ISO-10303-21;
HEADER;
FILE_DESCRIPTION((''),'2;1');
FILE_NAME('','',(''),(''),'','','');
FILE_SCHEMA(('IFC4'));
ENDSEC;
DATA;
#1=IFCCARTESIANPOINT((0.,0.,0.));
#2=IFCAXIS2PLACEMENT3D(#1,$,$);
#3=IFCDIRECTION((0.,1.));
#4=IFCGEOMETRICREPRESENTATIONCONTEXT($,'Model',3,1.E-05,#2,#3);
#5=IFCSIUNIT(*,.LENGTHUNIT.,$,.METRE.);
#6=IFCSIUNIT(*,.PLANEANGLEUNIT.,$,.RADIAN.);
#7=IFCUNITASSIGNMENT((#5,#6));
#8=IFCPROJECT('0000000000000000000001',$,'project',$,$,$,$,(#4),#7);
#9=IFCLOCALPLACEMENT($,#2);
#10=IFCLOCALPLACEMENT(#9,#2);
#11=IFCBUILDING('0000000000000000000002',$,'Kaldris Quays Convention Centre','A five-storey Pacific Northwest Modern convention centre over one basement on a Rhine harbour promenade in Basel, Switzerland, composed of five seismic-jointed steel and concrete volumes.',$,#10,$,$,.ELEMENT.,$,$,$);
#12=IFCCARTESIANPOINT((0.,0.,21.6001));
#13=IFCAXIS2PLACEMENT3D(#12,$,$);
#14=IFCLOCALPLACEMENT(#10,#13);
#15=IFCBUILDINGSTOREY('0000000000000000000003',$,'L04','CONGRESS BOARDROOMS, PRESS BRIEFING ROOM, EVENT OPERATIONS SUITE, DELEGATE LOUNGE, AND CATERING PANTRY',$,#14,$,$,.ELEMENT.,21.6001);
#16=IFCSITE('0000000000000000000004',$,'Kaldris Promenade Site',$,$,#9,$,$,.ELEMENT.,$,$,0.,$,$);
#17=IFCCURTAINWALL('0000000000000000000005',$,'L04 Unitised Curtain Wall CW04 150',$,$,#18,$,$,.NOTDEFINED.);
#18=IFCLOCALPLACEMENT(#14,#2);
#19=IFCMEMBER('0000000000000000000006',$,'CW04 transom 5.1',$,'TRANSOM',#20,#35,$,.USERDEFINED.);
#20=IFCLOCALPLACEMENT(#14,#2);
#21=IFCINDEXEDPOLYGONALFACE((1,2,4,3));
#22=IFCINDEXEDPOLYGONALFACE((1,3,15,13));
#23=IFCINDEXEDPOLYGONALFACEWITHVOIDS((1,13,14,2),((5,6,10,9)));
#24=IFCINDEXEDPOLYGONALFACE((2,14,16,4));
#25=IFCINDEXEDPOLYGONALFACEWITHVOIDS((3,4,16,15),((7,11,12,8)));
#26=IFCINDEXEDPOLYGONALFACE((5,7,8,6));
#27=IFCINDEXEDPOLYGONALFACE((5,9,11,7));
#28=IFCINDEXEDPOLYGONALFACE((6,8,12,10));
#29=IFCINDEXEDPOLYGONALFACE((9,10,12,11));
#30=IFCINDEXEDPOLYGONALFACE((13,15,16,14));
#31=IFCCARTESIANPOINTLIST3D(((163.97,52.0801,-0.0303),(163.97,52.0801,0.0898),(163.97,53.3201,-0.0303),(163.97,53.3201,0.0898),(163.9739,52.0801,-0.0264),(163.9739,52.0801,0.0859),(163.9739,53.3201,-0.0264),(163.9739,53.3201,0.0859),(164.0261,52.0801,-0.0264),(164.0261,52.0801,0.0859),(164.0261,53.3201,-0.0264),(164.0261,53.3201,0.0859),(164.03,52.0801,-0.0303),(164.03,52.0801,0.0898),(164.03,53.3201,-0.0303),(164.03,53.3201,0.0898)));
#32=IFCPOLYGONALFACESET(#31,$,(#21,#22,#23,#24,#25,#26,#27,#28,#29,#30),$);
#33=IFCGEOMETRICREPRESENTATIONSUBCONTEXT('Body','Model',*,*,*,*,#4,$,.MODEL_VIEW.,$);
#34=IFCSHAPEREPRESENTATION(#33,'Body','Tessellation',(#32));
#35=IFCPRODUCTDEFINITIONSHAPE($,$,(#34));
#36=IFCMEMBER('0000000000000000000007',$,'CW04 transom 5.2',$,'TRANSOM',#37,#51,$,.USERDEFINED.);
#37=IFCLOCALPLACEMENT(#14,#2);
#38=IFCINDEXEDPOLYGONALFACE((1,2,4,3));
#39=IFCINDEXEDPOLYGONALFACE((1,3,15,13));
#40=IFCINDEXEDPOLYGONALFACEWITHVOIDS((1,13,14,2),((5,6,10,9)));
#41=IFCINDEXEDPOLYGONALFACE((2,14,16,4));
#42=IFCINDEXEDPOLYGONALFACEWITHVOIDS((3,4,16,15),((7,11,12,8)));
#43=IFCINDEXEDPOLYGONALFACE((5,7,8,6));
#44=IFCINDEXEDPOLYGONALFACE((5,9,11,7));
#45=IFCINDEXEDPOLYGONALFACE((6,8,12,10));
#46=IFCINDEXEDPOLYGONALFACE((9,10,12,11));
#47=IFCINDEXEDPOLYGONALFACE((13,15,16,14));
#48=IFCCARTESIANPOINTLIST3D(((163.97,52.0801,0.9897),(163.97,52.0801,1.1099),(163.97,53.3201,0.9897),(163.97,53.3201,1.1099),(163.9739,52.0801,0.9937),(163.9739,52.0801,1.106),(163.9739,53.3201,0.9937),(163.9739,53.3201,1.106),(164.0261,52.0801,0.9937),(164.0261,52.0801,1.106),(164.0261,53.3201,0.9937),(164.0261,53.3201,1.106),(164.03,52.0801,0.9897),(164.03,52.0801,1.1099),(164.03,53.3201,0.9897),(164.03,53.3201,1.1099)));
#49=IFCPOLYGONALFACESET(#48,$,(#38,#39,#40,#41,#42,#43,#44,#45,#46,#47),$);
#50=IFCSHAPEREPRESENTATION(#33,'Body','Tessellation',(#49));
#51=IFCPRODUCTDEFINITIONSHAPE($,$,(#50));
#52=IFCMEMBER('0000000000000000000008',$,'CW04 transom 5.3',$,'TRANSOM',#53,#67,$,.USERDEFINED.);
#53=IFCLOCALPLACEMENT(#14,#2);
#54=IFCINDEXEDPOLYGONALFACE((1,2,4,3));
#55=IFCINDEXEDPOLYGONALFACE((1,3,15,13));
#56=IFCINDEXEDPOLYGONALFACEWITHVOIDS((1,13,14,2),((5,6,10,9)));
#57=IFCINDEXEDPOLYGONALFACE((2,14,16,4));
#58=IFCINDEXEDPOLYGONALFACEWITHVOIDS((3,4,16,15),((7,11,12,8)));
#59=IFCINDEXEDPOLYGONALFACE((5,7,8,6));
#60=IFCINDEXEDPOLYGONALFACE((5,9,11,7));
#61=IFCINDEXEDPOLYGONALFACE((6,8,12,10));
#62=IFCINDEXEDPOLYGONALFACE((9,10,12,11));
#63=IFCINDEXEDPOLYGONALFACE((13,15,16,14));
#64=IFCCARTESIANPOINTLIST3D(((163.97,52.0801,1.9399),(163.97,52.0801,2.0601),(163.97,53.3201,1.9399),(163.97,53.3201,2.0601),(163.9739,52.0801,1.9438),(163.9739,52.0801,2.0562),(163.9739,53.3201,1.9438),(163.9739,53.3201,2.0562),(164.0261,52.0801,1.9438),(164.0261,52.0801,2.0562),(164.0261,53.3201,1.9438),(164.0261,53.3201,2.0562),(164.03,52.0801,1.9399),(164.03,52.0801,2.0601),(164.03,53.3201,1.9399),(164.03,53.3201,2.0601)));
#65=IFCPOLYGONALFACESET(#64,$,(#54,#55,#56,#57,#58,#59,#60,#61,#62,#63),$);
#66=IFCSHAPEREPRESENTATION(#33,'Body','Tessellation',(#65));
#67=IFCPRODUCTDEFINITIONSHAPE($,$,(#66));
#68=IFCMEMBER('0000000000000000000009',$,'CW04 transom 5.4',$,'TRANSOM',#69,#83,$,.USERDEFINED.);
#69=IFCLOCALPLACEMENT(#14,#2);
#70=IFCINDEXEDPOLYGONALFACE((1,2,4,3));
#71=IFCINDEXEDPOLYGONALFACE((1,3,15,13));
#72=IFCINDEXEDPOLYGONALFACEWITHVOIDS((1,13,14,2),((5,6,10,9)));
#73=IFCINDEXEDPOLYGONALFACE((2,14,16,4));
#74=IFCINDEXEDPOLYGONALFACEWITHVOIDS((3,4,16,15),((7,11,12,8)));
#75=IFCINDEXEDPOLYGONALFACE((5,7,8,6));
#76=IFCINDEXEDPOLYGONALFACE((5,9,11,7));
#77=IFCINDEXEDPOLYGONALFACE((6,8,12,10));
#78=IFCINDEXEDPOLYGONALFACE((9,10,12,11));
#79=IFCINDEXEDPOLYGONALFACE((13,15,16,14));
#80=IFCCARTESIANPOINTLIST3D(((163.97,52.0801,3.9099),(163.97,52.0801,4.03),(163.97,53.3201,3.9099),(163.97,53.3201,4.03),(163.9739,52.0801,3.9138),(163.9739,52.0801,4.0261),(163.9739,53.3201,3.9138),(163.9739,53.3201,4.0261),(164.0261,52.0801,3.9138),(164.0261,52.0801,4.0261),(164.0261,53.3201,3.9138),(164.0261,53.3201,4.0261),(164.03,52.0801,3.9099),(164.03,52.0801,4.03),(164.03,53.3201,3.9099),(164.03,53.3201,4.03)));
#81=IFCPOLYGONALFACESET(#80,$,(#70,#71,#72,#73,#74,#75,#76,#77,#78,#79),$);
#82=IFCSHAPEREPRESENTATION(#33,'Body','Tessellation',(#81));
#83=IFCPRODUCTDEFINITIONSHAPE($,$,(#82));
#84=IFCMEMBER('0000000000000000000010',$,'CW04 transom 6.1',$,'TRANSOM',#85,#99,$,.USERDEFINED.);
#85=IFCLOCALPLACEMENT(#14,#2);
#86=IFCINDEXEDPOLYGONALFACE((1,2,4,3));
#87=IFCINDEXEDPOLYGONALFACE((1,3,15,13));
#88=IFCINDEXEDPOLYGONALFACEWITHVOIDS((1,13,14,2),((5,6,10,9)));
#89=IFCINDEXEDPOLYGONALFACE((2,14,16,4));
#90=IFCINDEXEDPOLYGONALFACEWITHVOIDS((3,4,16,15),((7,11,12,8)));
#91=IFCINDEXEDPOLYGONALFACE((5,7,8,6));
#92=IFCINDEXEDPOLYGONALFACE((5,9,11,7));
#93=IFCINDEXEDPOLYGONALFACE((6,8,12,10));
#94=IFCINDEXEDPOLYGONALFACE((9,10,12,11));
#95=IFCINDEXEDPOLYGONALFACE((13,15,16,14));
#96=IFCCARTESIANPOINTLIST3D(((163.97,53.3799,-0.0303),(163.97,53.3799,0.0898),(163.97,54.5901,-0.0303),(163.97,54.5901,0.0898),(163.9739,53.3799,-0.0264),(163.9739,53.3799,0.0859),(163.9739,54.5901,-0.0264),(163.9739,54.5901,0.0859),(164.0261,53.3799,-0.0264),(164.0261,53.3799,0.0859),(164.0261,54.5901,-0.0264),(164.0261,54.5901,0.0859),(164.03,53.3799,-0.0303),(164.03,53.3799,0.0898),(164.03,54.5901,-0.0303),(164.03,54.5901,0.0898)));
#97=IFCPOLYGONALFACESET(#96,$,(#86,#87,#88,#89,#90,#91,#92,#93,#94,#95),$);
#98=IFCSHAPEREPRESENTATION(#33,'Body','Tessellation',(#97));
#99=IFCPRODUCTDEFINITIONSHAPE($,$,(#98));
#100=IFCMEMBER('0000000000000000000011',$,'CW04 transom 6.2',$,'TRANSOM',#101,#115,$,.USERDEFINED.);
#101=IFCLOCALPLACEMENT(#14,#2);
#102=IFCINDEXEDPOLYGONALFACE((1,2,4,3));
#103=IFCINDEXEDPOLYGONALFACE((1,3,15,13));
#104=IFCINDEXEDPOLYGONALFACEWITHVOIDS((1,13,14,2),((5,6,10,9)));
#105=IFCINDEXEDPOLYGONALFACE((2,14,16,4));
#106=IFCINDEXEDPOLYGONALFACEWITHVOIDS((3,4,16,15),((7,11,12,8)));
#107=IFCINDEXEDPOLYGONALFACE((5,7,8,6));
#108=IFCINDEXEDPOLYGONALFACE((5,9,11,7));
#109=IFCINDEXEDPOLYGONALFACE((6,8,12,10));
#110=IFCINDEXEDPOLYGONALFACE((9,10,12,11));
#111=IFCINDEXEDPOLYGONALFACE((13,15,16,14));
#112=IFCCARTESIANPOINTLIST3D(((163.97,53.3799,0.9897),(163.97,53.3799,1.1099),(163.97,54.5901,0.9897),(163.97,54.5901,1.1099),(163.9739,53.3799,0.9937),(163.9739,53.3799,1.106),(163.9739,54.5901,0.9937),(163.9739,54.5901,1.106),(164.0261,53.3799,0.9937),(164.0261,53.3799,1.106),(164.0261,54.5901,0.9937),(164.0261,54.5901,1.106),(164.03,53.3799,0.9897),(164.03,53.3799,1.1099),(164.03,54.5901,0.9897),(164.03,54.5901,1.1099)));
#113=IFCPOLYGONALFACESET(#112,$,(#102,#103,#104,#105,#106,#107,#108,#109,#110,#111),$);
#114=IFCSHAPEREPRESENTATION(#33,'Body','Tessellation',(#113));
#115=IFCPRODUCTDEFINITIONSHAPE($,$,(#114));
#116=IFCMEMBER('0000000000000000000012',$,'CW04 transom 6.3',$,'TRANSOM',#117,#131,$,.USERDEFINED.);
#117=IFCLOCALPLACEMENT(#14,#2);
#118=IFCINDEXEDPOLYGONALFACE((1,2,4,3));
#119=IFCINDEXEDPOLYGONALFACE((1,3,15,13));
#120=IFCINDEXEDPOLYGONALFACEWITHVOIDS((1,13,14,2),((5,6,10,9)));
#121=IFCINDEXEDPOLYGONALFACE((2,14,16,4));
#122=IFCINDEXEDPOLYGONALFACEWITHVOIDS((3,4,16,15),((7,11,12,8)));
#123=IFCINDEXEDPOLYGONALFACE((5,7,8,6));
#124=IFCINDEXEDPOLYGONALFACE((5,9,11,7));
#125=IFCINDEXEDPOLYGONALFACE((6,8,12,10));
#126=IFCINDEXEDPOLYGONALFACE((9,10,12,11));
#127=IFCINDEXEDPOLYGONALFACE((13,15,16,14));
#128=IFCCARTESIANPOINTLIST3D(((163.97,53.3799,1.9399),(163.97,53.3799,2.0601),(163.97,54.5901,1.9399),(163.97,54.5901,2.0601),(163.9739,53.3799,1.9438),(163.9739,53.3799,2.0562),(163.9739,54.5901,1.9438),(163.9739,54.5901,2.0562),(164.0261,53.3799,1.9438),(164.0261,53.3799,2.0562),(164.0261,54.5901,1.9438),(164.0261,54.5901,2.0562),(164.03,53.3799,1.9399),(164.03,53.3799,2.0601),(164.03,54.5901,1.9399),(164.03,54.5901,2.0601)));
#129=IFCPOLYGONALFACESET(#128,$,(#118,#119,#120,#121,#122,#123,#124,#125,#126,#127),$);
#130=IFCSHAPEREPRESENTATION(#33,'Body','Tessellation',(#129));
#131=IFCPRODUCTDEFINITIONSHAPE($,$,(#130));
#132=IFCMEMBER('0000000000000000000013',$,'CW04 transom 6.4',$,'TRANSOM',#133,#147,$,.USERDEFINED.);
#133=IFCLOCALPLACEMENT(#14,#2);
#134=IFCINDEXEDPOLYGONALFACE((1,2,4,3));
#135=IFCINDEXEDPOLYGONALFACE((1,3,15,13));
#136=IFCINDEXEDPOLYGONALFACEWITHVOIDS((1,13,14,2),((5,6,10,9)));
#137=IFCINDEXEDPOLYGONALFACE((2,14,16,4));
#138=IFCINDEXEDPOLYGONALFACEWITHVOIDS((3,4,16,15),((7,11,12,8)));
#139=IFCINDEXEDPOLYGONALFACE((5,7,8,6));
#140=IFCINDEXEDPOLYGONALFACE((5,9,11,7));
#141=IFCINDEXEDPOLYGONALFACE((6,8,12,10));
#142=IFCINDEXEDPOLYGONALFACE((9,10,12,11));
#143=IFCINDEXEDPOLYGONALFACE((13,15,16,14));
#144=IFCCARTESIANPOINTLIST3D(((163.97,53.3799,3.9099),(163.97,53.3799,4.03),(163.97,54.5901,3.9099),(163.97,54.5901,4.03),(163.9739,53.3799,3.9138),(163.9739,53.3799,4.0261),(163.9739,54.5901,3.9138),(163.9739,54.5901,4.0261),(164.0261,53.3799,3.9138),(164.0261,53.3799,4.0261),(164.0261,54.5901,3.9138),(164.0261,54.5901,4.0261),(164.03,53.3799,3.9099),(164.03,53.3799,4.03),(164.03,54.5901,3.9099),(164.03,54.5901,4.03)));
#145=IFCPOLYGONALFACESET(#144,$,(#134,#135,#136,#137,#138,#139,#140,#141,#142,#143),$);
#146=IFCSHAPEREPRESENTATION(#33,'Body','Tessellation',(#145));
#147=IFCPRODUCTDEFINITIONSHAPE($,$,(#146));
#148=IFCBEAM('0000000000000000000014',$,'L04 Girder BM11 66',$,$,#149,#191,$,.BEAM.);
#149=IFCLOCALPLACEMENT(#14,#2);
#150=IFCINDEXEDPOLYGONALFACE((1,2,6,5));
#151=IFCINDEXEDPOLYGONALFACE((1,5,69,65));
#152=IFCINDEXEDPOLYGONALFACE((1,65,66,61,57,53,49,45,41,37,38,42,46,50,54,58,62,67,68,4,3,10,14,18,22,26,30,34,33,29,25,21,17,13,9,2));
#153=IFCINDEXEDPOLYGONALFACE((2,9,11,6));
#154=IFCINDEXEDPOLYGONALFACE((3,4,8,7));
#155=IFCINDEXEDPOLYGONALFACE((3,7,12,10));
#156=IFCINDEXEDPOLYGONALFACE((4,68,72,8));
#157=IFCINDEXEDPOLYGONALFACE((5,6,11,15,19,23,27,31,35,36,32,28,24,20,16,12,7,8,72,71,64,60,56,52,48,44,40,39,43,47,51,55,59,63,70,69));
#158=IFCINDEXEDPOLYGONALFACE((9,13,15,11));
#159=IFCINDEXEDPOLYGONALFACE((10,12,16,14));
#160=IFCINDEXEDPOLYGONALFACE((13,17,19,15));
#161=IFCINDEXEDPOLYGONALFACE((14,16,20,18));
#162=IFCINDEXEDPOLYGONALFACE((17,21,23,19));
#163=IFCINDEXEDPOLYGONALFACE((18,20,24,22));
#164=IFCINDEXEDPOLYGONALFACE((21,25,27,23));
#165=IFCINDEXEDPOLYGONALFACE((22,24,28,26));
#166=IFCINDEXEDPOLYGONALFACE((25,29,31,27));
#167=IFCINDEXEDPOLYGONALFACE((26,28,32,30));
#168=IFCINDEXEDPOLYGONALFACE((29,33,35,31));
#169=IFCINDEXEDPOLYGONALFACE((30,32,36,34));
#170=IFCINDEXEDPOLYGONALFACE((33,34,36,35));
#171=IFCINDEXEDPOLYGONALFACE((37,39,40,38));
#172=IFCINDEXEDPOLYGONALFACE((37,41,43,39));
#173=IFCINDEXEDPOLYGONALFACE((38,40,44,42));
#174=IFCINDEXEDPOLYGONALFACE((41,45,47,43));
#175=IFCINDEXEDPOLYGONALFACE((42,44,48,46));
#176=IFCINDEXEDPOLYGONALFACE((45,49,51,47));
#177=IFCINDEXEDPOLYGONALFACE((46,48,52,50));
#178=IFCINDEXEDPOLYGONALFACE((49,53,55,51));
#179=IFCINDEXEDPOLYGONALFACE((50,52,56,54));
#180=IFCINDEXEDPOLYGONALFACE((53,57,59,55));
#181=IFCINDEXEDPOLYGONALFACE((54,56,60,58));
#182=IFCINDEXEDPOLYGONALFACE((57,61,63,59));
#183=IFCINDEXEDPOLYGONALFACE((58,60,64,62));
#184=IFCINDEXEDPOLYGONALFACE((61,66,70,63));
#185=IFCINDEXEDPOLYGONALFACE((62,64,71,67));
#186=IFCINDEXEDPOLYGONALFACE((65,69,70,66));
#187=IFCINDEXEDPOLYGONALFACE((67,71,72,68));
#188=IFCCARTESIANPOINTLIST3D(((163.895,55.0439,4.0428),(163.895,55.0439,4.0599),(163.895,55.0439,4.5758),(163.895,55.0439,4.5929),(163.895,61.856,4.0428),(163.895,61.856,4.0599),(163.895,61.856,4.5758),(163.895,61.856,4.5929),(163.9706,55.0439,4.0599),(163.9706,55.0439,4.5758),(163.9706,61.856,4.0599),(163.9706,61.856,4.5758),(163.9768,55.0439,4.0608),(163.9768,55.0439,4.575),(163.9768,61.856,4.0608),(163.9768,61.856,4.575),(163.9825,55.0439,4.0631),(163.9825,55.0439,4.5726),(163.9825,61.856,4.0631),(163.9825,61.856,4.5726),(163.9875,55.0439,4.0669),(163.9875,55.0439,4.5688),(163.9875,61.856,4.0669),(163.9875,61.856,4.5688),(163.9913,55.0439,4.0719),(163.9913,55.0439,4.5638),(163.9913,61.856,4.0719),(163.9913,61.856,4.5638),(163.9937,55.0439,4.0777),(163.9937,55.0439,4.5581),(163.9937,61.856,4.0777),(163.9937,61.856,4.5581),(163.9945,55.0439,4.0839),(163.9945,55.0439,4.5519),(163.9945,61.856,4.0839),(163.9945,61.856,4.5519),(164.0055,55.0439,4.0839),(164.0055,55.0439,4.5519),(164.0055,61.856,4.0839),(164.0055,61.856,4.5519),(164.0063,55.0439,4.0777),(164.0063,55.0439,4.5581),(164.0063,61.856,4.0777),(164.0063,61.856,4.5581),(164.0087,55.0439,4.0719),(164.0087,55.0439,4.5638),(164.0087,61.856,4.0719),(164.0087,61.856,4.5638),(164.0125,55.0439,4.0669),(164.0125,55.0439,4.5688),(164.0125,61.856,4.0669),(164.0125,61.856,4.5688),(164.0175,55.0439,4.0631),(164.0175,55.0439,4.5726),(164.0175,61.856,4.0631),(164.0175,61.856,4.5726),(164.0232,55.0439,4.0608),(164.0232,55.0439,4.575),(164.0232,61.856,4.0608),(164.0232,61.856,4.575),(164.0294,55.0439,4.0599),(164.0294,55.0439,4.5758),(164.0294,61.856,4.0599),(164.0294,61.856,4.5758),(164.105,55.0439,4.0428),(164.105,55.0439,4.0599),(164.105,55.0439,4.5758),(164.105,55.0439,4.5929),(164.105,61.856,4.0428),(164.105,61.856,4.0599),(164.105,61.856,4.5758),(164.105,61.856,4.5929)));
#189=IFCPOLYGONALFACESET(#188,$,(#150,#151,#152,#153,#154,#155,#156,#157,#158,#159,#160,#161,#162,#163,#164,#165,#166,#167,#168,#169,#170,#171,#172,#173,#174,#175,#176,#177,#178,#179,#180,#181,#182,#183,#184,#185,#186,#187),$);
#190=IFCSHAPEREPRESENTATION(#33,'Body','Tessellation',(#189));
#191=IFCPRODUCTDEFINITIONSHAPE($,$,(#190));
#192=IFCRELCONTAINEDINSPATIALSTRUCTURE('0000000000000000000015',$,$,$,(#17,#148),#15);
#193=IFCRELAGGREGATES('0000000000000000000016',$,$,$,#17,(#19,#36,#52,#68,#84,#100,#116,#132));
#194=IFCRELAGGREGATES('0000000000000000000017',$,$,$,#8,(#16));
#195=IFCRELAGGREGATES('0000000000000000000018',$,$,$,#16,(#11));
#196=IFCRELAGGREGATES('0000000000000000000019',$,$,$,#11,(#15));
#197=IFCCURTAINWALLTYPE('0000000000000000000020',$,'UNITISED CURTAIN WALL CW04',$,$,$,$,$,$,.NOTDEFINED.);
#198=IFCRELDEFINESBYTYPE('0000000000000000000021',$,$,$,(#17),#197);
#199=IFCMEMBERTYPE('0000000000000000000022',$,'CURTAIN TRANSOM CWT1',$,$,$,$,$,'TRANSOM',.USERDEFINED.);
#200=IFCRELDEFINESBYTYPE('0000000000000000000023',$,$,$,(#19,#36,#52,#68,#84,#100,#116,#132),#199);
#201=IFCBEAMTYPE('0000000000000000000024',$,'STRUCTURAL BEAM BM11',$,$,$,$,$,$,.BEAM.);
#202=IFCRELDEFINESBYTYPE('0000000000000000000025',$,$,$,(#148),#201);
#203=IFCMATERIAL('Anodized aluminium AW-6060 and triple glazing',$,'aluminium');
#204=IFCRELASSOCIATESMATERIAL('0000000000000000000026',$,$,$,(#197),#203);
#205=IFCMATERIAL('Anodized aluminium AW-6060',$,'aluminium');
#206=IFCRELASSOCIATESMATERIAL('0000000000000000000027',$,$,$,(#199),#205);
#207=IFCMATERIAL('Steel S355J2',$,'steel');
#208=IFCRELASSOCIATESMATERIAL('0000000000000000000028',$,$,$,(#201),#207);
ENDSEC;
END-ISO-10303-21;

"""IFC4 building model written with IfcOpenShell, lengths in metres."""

from ifc_helpers import new_model, si_unit, direction, frame, origin, origin_2d, place, context, subcontext, project, spatial, hollow_rectangle, i_section, extrude, material, material_profile, profile_set, type_object, element, aggregate, save


model = new_model("IFC4")

# Units and contexts
model_context = context("Model", 3, precision=1e-05, world=origin(), true_north=direction((0.0, 1.0)))
body_context = subcontext(model_context, "Body", "Model", "MODEL_VIEW")
ifc_project = project(units=[si_unit("LENGTHUNIT", "METRE"), si_unit("PLANEANGLEUNIT", "RADIAN")], contexts=[model_context])

# Site, building, storey
site_placement = place(None, origin())
site = spatial("IfcSite", under=ifc_project, at=site_placement, Name="Kaldris Promenade Site", CompositionType="ELEMENT", RefElevation=0.0)
building_placement = place(site_placement, origin())
building = spatial("IfcBuilding", under=site, at=building_placement, Name="Kaldris Quays Convention Centre", Description="A five-storey Pacific Northwest Modern convention centre over one basement on a Rhine harbour promenade in Basel, Switzerland, composed of five seismic-jointed steel and concrete volumes.", CompositionType="ELEMENT")
storey_placement = place(building_placement, frame((0.0, 0.0, 21.6001)))
storey = spatial("IfcBuildingStorey", under=building, at=storey_placement, Name="L04", Description="CONGRESS BOARDROOMS, PRESS BRIEFING ROOM, EVENT OPERATIONS SUITE, DELEGATE LOUNGE, AND CATERING PANTRY", CompositionType="ELEMENT", Elevation=21.6001)

# Shared definitions
ifc_material_1 = material(Name="Steel S355J2", Category="steel")

# Curtain wall, members
ifc_material_2 = material(Name="Anodized aluminium AW-6060 and triple glazing", Category="aluminium")
curtain_wall_type = type_object("IfcCurtainWallType", Name="UNITISED CURTAIN WALL CW04", PredefinedType="NOTDEFINED", material=ifc_material_2)
curtain_wall_placement = place(storey_placement, origin())
curtain_wall = element("IfcCurtainWall", 1, at=curtain_wall_placement, inside=storey, type_object=curtain_wall_type, Name="L04 Unitised Curtain Wall CW04 150", PredefinedType="NOTDEFINED")
ifc_material_3 = material(Name="Anodized aluminium AW-6060", Category="aluminium")
ifc_material_profile_1 = material_profile(ifc_material_3, hollow_rectangle(XDim=0.0601, YDim=0.1201, WallThickness=0.0039, at=origin_2d()), Name="RHS 120x60x4")
ifc_profile_set_1 = profile_set([ifc_material_profile_1], Name="Anodized aluminium AW-6060")
member_type_1 = type_object("IfcMemberType", Name="CURTAIN TRANSOM CWT1", ElementType="TRANSOM", PredefinedType="USERDEFINED", material=ifc_profile_set_1)
member_1_placement = place(storey_placement, frame((164.0, 52.0801, 0.0298), z_axis=(0.0, 1.0, 0.0), x_axis=(-1.0, 0.0, 0.0)))
member_1 = element("IfcMember", 2, at=member_1_placement, type_object=member_type_1, Name="CW04 transom 5.1", ObjectType="TRANSOM", PredefinedType="USERDEFINED", context=body_context, shape_type="SweptSolid", body=[
    extrude(hollow_rectangle(XDim=0.0601, YDim=0.1201, WallThickness=0.0039, at=origin_2d()), origin(), (0.0, 0.0, 1.0), 1.24),
])
member_2_placement = place(storey_placement, frame((164.0, 52.0801, 1.0498), z_axis=(0.0, 1.0, 0.0), x_axis=(-1.0, 0.0, 0.0)))
member_2 = element("IfcMember", 3, at=member_2_placement, type_object=member_type_1, Name="CW04 transom 5.2", ObjectType="TRANSOM", PredefinedType="USERDEFINED", context=body_context, shape_type="SweptSolid", body=[
    extrude(hollow_rectangle(XDim=0.0601, YDim=0.1201, WallThickness=0.0039, at=origin_2d()), origin(), (0.0, 0.0, 1.0), 1.24),
])
member_3_placement = place(storey_placement, frame((164.0, 52.0801, 2.0), z_axis=(0.0, 1.0, 0.0), x_axis=(-1.0, 0.0, 0.0)))
member_3 = element("IfcMember", 4, at=member_3_placement, type_object=member_type_1, Name="CW04 transom 5.3", ObjectType="TRANSOM", PredefinedType="USERDEFINED", context=body_context, shape_type="SweptSolid", body=[
    extrude(hollow_rectangle(XDim=0.0601, YDim=0.1201, WallThickness=0.0039, at=origin_2d()), origin(), (0.0, 0.0, 1.0), 1.24),
])
member_4_placement = place(storey_placement, frame((164.0, 52.0801, 3.97), z_axis=(0.0, 1.0, 0.0), x_axis=(-1.0, 0.0, 0.0)))
member_4 = element("IfcMember", 5, at=member_4_placement, type_object=member_type_1, Name="CW04 transom 5.4", ObjectType="TRANSOM", PredefinedType="USERDEFINED", context=body_context, shape_type="SweptSolid", body=[
    extrude(hollow_rectangle(XDim=0.0601, YDim=0.1201, WallThickness=0.0039, at=origin_2d()), origin(), (0.0, 0.0, 1.0), 1.24),
])
member_5_placement = place(storey_placement, frame((164.0, 53.3799, 0.0298), z_axis=(0.0, 1.0, 0.0), x_axis=(-1.0, 0.0, 0.0)))
member_5 = element("IfcMember", 6, at=member_5_placement, type_object=member_type_1, Name="CW04 transom 6.1", ObjectType="TRANSOM", PredefinedType="USERDEFINED", context=body_context, shape_type="SweptSolid", body=[
    extrude(hollow_rectangle(XDim=0.0601, YDim=0.1201, WallThickness=0.0039, at=origin_2d()), origin(), (0.0, 0.0, 1.0), 1.2102),
])
member_6_placement = place(storey_placement, frame((164.0, 53.3799, 1.0498), z_axis=(0.0, 1.0, 0.0), x_axis=(-1.0, 0.0, 0.0)))
member_6 = element("IfcMember", 7, at=member_6_placement, type_object=member_type_1, Name="CW04 transom 6.2", ObjectType="TRANSOM", PredefinedType="USERDEFINED", context=body_context, shape_type="SweptSolid", body=[
    extrude(hollow_rectangle(XDim=0.0601, YDim=0.1201, WallThickness=0.0039, at=origin_2d()), origin(), (0.0, 0.0, 1.0), 1.2102),
])
member_7_placement = place(storey_placement, frame((164.0, 53.3799, 2.0), z_axis=(0.0, 1.0, 0.0), x_axis=(-1.0, 0.0, 0.0)))
member_7 = element("IfcMember", 8, at=member_7_placement, type_object=member_type_1, Name="CW04 transom 6.3", ObjectType="TRANSOM", PredefinedType="USERDEFINED", context=body_context, shape_type="SweptSolid", body=[
    extrude(hollow_rectangle(XDim=0.0601, YDim=0.1201, WallThickness=0.0039, at=origin_2d()), origin(), (0.0, 0.0, 1.0), 1.2102),
])
member_8_placement = place(storey_placement, frame((164.0, 53.3799, 3.97), z_axis=(0.0, 1.0, 0.0), x_axis=(-1.0, 0.0, 0.0)))
member_8 = element("IfcMember", 9, at=member_8_placement, type_object=member_type_1, Name="CW04 transom 6.4", ObjectType="TRANSOM", PredefinedType="USERDEFINED", context=body_context, shape_type="SweptSolid", body=[
    extrude(hollow_rectangle(XDim=0.0601, YDim=0.1201, WallThickness=0.0039, at=origin_2d()), origin(), (0.0, 0.0, 1.0), 1.2102),
])

# Beam
ifc_material_profile_2 = material_profile(ifc_material_1, i_section(OverallWidth=0.21, OverallDepth=0.55, WebThickness=0.011, FlangeThickness=0.0171, FilletRadius=0.0239, at=origin_2d()), Name="IPE 550")
ifc_profile_set_2 = profile_set([ifc_material_profile_2], Name="Steel S355J2")
beam_type_1 = type_object("IfcBeamType", Name="STRUCTURAL BEAM BM11", PredefinedType="BEAM", material=ifc_profile_set_2)
beam_1_placement = place(storey_placement, frame((164.0, 55.0439, 4.3179), z_axis=(0.0, 1.0, 0.0), x_axis=(-1.0, 0.0, 0.0)))
element("IfcBeam", 10, at=beam_1_placement, inside=storey, type_object=beam_type_1, Name="L04 Girder BM11 66", PredefinedType="BEAM", context=body_context, shape_type="SweptSolid", body=[
    extrude(i_section(OverallWidth=0.21, OverallDepth=0.55, WebThickness=0.011, FlangeThickness=0.0171, FilletRadius=0.0239, at=origin_2d()), origin(), (0.0, 0.0, 1.0), 6.812),
])

aggregate(curtain_wall, [member_1, member_2, member_3, member_4, member_5, member_6, member_7, member_8])

save(model, "model.ifc")
